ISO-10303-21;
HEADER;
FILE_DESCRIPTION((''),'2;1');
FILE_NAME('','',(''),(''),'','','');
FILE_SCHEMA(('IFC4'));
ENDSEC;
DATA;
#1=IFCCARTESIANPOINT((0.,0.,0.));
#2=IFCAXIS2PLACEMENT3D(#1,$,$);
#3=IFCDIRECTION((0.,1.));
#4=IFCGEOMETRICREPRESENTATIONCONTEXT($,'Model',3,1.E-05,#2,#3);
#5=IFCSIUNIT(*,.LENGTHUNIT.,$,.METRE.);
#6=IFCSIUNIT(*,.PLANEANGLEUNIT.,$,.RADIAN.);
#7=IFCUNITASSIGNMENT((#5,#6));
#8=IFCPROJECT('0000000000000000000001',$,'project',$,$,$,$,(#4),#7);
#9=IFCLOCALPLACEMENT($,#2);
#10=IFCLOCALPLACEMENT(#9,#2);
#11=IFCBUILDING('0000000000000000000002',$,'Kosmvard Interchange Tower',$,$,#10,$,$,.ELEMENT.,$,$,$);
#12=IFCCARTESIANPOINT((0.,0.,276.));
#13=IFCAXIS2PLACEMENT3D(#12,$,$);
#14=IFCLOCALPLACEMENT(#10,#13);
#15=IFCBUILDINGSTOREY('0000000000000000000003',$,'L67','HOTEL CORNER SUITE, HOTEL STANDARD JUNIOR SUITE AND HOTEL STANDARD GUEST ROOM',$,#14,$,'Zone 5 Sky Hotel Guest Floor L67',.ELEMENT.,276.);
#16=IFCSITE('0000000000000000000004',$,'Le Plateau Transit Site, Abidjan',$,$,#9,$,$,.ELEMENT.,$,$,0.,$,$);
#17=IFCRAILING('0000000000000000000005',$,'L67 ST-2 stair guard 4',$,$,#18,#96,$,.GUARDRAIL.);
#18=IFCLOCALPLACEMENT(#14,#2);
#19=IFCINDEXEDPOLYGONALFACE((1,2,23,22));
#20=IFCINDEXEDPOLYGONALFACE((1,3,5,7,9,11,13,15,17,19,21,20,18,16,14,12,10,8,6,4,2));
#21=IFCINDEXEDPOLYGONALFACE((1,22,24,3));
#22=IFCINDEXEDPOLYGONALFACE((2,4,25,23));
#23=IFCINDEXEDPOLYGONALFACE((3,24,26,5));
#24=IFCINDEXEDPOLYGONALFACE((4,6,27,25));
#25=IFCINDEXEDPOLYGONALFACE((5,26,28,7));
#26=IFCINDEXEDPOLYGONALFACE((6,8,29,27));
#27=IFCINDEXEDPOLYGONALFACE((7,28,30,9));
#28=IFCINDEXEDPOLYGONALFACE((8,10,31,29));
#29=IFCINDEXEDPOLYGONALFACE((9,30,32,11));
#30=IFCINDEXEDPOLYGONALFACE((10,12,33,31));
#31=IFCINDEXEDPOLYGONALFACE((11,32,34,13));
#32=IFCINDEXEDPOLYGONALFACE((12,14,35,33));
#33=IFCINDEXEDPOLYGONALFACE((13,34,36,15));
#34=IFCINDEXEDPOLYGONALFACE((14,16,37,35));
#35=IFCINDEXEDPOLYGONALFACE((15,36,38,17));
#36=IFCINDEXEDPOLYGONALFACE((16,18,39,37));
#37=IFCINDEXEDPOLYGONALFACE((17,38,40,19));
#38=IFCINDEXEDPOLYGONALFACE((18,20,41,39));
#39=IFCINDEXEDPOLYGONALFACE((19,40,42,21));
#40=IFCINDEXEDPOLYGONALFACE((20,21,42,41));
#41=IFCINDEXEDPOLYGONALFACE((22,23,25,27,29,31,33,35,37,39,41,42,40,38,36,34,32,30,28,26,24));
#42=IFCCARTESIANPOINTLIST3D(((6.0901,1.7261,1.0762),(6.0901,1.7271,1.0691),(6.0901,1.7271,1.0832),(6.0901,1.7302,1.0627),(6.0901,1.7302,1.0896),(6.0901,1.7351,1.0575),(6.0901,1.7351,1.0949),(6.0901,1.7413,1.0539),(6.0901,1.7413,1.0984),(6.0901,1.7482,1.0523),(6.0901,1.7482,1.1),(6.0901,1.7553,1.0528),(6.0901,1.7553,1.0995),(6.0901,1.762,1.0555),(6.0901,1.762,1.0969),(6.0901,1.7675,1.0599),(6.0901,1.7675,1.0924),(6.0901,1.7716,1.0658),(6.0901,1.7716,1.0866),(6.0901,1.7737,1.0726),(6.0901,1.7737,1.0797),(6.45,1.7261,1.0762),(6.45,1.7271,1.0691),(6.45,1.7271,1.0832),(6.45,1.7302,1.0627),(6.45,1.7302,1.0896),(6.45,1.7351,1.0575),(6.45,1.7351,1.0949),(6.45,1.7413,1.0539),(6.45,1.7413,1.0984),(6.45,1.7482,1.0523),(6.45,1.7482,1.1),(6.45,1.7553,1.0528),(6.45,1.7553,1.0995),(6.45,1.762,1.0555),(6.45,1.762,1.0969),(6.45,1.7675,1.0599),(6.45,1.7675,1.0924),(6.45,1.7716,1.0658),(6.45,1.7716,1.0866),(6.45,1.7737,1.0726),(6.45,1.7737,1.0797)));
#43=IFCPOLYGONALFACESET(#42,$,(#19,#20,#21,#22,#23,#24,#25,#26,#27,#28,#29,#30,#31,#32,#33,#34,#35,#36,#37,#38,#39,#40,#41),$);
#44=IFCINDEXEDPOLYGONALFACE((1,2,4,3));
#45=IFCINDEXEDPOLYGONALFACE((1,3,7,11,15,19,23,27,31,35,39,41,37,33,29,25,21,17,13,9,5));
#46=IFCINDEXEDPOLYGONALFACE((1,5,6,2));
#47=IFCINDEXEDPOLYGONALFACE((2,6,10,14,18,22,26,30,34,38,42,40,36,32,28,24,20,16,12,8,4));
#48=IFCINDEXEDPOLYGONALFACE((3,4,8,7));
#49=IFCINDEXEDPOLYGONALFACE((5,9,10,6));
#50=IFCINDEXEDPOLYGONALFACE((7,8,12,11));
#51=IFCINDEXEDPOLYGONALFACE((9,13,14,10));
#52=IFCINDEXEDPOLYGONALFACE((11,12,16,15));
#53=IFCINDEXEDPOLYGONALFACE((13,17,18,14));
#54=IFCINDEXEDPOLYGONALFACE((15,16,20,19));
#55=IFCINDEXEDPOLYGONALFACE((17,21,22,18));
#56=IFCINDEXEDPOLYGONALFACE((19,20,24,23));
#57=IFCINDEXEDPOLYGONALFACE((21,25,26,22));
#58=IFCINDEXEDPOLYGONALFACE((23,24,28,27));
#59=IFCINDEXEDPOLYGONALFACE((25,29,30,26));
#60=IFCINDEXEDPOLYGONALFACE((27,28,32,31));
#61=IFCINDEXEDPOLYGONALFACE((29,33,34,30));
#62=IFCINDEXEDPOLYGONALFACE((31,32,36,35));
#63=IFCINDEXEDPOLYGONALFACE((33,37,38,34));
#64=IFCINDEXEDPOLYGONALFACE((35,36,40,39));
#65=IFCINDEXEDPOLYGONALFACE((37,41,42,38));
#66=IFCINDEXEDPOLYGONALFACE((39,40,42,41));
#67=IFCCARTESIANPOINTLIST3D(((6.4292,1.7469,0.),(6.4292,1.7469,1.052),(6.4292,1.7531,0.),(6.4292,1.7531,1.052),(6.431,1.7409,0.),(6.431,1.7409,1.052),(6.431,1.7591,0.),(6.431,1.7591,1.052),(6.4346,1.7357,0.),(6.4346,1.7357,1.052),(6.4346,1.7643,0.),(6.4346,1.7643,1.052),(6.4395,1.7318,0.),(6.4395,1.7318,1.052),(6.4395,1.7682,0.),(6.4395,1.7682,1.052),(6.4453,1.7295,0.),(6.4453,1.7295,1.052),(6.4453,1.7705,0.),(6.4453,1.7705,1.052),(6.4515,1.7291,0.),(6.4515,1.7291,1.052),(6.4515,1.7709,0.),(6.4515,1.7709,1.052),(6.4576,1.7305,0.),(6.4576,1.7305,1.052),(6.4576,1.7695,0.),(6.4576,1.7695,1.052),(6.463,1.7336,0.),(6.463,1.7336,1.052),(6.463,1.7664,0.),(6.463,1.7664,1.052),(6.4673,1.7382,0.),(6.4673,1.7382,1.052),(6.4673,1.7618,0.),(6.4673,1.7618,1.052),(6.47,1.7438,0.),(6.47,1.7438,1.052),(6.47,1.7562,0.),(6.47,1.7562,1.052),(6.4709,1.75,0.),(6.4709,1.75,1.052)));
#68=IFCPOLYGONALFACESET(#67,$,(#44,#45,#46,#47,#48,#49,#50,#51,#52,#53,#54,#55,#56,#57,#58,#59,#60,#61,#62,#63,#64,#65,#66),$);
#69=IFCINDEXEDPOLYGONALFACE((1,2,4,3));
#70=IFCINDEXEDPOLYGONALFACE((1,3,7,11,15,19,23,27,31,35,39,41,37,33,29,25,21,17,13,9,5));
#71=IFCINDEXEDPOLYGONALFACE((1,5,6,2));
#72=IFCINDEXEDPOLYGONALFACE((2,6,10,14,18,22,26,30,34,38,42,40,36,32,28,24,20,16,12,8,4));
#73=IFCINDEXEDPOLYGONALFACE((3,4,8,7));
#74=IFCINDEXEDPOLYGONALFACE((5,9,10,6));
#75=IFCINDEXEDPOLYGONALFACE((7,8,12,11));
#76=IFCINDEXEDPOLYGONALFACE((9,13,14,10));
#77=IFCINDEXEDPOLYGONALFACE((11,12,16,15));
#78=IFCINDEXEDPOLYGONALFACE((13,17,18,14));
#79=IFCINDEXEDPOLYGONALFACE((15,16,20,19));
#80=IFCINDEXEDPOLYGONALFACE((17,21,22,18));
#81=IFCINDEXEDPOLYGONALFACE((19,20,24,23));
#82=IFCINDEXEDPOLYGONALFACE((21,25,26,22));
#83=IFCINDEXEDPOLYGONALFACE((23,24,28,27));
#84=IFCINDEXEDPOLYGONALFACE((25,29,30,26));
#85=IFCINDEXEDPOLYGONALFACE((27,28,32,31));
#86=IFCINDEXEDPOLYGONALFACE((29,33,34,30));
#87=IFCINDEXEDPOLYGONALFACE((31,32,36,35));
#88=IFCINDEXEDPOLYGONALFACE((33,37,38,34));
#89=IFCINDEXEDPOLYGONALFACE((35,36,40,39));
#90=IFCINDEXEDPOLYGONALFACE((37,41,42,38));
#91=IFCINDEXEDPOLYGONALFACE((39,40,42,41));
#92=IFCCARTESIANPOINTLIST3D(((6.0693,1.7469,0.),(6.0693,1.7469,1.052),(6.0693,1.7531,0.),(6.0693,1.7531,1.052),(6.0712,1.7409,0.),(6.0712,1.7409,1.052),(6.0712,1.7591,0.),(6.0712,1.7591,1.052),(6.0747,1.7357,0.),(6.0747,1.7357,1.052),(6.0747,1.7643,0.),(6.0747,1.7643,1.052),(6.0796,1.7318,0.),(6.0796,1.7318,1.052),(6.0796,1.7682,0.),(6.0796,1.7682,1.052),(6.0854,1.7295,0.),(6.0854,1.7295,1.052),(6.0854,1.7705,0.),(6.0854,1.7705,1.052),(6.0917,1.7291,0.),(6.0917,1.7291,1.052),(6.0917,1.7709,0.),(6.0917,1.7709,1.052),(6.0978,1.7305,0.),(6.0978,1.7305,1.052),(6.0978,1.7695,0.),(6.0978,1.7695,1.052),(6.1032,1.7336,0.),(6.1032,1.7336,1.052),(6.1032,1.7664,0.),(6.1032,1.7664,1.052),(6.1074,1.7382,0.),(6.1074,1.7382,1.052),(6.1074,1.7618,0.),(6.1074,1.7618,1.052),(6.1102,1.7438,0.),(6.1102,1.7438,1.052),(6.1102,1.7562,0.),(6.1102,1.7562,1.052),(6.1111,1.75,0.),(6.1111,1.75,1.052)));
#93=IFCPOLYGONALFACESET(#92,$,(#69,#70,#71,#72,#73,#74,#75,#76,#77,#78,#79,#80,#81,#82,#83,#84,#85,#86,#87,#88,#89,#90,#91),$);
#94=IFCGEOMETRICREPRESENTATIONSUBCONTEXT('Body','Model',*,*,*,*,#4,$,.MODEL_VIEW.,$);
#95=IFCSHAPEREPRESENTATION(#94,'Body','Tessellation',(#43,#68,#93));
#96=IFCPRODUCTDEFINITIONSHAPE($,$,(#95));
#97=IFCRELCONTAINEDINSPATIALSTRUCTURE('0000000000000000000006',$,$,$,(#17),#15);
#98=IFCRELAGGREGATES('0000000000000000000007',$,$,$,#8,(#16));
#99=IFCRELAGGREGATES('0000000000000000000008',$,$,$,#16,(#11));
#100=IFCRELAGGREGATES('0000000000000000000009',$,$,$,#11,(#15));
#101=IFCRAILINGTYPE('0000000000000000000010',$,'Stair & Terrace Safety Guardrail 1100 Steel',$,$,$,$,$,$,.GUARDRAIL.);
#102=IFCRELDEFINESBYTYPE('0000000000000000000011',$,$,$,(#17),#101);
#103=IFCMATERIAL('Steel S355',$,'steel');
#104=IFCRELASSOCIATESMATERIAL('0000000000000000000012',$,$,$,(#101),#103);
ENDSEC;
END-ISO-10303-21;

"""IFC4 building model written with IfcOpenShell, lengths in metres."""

from ifc_helpers import new_model, si_unit, direction, frame, origin, origin_2d, place, context, subcontext, project, spatial, circle, extrude, source, transform, mapped, material, type_object, element, save


model = new_model("IFC4")

# Units and contexts
model_context = context("Model", 3, precision=1e-05, world=origin(), true_north=direction((0.0, 1.0)))
body_context = subcontext(model_context, "Body", "Model", "MODEL_VIEW")
ifc_project = project(units=[si_unit("LENGTHUNIT", "METRE"), si_unit("PLANEANGLEUNIT", "RADIAN")], contexts=[model_context])

# Site, building, storey
site_placement = place(None, origin())
site = spatial("IfcSite", under=ifc_project, at=site_placement, Name="Le Plateau Transit Site, Abidjan", CompositionType="ELEMENT", RefElevation=0.0)
building_placement = place(site_placement, origin())
building = spatial("IfcBuilding", under=site, at=building_placement, Name="Kosmvard Interchange Tower", CompositionType="ELEMENT")
storey_placement = place(building_placement, frame((0.0, 0.0, 276.0)))
storey = spatial("IfcBuildingStorey", under=building, at=storey_placement, Name="L67", Description="HOTEL CORNER SUITE, HOTEL STANDARD JUNIOR SUITE AND HOTEL STANDARD GUEST ROOM", LongName="Zone 5 Sky Hotel Guest Floor L67", CompositionType="ELEMENT", Elevation=276.0)

# Shared definitions
ifc_material_1 = material(Name="Steel S355", Category="steel")

# Railing
railing_type_1 = type_object("IfcRailingType", Name="Stair & Terrace Safety Guardrail 1100 Steel", PredefinedType="GUARDRAIL", material=ifc_material_1)
shared_shape_1 = source(origin(), body_context, "Body", "SweptSolid", [
    extrude(circle(Radius=0.0239, at=origin_2d()), frame((0.0, 0.0, 1.0762), z_axis=(-1.0, 0.0, 0.0), x_axis=(0.0, -1.0, 0.0)), (0.0, 0.0, 1.0), 0.3599),
    extrude(circle(Radius=0.021, at=origin_2d()), origin(), (0.0, 0.0, 1.0), 1.052),
    extrude(circle(Radius=0.021, at=origin_2d()), frame((-0.3599, 0.0, 0.0)), (0.0, 0.0, 1.0), 1.052),
])
for number, where, name in (
    (1, (6.45, 1.75, 0.0), "L67 ST-2 stair guard 4"),
):
    element("IfcRailing", number, at=place(storey_placement, frame(where)), inside=storey, type_object=railing_type_1, Name=name, PredefinedType="GUARDRAIL", context=body_context, shape_type="MappedRepresentation", body=[
        mapped(shared_shape_1, transform((0.0, 0.0, 0.0), scale=1.0)),
    ])

save(model, "model.ifc")
